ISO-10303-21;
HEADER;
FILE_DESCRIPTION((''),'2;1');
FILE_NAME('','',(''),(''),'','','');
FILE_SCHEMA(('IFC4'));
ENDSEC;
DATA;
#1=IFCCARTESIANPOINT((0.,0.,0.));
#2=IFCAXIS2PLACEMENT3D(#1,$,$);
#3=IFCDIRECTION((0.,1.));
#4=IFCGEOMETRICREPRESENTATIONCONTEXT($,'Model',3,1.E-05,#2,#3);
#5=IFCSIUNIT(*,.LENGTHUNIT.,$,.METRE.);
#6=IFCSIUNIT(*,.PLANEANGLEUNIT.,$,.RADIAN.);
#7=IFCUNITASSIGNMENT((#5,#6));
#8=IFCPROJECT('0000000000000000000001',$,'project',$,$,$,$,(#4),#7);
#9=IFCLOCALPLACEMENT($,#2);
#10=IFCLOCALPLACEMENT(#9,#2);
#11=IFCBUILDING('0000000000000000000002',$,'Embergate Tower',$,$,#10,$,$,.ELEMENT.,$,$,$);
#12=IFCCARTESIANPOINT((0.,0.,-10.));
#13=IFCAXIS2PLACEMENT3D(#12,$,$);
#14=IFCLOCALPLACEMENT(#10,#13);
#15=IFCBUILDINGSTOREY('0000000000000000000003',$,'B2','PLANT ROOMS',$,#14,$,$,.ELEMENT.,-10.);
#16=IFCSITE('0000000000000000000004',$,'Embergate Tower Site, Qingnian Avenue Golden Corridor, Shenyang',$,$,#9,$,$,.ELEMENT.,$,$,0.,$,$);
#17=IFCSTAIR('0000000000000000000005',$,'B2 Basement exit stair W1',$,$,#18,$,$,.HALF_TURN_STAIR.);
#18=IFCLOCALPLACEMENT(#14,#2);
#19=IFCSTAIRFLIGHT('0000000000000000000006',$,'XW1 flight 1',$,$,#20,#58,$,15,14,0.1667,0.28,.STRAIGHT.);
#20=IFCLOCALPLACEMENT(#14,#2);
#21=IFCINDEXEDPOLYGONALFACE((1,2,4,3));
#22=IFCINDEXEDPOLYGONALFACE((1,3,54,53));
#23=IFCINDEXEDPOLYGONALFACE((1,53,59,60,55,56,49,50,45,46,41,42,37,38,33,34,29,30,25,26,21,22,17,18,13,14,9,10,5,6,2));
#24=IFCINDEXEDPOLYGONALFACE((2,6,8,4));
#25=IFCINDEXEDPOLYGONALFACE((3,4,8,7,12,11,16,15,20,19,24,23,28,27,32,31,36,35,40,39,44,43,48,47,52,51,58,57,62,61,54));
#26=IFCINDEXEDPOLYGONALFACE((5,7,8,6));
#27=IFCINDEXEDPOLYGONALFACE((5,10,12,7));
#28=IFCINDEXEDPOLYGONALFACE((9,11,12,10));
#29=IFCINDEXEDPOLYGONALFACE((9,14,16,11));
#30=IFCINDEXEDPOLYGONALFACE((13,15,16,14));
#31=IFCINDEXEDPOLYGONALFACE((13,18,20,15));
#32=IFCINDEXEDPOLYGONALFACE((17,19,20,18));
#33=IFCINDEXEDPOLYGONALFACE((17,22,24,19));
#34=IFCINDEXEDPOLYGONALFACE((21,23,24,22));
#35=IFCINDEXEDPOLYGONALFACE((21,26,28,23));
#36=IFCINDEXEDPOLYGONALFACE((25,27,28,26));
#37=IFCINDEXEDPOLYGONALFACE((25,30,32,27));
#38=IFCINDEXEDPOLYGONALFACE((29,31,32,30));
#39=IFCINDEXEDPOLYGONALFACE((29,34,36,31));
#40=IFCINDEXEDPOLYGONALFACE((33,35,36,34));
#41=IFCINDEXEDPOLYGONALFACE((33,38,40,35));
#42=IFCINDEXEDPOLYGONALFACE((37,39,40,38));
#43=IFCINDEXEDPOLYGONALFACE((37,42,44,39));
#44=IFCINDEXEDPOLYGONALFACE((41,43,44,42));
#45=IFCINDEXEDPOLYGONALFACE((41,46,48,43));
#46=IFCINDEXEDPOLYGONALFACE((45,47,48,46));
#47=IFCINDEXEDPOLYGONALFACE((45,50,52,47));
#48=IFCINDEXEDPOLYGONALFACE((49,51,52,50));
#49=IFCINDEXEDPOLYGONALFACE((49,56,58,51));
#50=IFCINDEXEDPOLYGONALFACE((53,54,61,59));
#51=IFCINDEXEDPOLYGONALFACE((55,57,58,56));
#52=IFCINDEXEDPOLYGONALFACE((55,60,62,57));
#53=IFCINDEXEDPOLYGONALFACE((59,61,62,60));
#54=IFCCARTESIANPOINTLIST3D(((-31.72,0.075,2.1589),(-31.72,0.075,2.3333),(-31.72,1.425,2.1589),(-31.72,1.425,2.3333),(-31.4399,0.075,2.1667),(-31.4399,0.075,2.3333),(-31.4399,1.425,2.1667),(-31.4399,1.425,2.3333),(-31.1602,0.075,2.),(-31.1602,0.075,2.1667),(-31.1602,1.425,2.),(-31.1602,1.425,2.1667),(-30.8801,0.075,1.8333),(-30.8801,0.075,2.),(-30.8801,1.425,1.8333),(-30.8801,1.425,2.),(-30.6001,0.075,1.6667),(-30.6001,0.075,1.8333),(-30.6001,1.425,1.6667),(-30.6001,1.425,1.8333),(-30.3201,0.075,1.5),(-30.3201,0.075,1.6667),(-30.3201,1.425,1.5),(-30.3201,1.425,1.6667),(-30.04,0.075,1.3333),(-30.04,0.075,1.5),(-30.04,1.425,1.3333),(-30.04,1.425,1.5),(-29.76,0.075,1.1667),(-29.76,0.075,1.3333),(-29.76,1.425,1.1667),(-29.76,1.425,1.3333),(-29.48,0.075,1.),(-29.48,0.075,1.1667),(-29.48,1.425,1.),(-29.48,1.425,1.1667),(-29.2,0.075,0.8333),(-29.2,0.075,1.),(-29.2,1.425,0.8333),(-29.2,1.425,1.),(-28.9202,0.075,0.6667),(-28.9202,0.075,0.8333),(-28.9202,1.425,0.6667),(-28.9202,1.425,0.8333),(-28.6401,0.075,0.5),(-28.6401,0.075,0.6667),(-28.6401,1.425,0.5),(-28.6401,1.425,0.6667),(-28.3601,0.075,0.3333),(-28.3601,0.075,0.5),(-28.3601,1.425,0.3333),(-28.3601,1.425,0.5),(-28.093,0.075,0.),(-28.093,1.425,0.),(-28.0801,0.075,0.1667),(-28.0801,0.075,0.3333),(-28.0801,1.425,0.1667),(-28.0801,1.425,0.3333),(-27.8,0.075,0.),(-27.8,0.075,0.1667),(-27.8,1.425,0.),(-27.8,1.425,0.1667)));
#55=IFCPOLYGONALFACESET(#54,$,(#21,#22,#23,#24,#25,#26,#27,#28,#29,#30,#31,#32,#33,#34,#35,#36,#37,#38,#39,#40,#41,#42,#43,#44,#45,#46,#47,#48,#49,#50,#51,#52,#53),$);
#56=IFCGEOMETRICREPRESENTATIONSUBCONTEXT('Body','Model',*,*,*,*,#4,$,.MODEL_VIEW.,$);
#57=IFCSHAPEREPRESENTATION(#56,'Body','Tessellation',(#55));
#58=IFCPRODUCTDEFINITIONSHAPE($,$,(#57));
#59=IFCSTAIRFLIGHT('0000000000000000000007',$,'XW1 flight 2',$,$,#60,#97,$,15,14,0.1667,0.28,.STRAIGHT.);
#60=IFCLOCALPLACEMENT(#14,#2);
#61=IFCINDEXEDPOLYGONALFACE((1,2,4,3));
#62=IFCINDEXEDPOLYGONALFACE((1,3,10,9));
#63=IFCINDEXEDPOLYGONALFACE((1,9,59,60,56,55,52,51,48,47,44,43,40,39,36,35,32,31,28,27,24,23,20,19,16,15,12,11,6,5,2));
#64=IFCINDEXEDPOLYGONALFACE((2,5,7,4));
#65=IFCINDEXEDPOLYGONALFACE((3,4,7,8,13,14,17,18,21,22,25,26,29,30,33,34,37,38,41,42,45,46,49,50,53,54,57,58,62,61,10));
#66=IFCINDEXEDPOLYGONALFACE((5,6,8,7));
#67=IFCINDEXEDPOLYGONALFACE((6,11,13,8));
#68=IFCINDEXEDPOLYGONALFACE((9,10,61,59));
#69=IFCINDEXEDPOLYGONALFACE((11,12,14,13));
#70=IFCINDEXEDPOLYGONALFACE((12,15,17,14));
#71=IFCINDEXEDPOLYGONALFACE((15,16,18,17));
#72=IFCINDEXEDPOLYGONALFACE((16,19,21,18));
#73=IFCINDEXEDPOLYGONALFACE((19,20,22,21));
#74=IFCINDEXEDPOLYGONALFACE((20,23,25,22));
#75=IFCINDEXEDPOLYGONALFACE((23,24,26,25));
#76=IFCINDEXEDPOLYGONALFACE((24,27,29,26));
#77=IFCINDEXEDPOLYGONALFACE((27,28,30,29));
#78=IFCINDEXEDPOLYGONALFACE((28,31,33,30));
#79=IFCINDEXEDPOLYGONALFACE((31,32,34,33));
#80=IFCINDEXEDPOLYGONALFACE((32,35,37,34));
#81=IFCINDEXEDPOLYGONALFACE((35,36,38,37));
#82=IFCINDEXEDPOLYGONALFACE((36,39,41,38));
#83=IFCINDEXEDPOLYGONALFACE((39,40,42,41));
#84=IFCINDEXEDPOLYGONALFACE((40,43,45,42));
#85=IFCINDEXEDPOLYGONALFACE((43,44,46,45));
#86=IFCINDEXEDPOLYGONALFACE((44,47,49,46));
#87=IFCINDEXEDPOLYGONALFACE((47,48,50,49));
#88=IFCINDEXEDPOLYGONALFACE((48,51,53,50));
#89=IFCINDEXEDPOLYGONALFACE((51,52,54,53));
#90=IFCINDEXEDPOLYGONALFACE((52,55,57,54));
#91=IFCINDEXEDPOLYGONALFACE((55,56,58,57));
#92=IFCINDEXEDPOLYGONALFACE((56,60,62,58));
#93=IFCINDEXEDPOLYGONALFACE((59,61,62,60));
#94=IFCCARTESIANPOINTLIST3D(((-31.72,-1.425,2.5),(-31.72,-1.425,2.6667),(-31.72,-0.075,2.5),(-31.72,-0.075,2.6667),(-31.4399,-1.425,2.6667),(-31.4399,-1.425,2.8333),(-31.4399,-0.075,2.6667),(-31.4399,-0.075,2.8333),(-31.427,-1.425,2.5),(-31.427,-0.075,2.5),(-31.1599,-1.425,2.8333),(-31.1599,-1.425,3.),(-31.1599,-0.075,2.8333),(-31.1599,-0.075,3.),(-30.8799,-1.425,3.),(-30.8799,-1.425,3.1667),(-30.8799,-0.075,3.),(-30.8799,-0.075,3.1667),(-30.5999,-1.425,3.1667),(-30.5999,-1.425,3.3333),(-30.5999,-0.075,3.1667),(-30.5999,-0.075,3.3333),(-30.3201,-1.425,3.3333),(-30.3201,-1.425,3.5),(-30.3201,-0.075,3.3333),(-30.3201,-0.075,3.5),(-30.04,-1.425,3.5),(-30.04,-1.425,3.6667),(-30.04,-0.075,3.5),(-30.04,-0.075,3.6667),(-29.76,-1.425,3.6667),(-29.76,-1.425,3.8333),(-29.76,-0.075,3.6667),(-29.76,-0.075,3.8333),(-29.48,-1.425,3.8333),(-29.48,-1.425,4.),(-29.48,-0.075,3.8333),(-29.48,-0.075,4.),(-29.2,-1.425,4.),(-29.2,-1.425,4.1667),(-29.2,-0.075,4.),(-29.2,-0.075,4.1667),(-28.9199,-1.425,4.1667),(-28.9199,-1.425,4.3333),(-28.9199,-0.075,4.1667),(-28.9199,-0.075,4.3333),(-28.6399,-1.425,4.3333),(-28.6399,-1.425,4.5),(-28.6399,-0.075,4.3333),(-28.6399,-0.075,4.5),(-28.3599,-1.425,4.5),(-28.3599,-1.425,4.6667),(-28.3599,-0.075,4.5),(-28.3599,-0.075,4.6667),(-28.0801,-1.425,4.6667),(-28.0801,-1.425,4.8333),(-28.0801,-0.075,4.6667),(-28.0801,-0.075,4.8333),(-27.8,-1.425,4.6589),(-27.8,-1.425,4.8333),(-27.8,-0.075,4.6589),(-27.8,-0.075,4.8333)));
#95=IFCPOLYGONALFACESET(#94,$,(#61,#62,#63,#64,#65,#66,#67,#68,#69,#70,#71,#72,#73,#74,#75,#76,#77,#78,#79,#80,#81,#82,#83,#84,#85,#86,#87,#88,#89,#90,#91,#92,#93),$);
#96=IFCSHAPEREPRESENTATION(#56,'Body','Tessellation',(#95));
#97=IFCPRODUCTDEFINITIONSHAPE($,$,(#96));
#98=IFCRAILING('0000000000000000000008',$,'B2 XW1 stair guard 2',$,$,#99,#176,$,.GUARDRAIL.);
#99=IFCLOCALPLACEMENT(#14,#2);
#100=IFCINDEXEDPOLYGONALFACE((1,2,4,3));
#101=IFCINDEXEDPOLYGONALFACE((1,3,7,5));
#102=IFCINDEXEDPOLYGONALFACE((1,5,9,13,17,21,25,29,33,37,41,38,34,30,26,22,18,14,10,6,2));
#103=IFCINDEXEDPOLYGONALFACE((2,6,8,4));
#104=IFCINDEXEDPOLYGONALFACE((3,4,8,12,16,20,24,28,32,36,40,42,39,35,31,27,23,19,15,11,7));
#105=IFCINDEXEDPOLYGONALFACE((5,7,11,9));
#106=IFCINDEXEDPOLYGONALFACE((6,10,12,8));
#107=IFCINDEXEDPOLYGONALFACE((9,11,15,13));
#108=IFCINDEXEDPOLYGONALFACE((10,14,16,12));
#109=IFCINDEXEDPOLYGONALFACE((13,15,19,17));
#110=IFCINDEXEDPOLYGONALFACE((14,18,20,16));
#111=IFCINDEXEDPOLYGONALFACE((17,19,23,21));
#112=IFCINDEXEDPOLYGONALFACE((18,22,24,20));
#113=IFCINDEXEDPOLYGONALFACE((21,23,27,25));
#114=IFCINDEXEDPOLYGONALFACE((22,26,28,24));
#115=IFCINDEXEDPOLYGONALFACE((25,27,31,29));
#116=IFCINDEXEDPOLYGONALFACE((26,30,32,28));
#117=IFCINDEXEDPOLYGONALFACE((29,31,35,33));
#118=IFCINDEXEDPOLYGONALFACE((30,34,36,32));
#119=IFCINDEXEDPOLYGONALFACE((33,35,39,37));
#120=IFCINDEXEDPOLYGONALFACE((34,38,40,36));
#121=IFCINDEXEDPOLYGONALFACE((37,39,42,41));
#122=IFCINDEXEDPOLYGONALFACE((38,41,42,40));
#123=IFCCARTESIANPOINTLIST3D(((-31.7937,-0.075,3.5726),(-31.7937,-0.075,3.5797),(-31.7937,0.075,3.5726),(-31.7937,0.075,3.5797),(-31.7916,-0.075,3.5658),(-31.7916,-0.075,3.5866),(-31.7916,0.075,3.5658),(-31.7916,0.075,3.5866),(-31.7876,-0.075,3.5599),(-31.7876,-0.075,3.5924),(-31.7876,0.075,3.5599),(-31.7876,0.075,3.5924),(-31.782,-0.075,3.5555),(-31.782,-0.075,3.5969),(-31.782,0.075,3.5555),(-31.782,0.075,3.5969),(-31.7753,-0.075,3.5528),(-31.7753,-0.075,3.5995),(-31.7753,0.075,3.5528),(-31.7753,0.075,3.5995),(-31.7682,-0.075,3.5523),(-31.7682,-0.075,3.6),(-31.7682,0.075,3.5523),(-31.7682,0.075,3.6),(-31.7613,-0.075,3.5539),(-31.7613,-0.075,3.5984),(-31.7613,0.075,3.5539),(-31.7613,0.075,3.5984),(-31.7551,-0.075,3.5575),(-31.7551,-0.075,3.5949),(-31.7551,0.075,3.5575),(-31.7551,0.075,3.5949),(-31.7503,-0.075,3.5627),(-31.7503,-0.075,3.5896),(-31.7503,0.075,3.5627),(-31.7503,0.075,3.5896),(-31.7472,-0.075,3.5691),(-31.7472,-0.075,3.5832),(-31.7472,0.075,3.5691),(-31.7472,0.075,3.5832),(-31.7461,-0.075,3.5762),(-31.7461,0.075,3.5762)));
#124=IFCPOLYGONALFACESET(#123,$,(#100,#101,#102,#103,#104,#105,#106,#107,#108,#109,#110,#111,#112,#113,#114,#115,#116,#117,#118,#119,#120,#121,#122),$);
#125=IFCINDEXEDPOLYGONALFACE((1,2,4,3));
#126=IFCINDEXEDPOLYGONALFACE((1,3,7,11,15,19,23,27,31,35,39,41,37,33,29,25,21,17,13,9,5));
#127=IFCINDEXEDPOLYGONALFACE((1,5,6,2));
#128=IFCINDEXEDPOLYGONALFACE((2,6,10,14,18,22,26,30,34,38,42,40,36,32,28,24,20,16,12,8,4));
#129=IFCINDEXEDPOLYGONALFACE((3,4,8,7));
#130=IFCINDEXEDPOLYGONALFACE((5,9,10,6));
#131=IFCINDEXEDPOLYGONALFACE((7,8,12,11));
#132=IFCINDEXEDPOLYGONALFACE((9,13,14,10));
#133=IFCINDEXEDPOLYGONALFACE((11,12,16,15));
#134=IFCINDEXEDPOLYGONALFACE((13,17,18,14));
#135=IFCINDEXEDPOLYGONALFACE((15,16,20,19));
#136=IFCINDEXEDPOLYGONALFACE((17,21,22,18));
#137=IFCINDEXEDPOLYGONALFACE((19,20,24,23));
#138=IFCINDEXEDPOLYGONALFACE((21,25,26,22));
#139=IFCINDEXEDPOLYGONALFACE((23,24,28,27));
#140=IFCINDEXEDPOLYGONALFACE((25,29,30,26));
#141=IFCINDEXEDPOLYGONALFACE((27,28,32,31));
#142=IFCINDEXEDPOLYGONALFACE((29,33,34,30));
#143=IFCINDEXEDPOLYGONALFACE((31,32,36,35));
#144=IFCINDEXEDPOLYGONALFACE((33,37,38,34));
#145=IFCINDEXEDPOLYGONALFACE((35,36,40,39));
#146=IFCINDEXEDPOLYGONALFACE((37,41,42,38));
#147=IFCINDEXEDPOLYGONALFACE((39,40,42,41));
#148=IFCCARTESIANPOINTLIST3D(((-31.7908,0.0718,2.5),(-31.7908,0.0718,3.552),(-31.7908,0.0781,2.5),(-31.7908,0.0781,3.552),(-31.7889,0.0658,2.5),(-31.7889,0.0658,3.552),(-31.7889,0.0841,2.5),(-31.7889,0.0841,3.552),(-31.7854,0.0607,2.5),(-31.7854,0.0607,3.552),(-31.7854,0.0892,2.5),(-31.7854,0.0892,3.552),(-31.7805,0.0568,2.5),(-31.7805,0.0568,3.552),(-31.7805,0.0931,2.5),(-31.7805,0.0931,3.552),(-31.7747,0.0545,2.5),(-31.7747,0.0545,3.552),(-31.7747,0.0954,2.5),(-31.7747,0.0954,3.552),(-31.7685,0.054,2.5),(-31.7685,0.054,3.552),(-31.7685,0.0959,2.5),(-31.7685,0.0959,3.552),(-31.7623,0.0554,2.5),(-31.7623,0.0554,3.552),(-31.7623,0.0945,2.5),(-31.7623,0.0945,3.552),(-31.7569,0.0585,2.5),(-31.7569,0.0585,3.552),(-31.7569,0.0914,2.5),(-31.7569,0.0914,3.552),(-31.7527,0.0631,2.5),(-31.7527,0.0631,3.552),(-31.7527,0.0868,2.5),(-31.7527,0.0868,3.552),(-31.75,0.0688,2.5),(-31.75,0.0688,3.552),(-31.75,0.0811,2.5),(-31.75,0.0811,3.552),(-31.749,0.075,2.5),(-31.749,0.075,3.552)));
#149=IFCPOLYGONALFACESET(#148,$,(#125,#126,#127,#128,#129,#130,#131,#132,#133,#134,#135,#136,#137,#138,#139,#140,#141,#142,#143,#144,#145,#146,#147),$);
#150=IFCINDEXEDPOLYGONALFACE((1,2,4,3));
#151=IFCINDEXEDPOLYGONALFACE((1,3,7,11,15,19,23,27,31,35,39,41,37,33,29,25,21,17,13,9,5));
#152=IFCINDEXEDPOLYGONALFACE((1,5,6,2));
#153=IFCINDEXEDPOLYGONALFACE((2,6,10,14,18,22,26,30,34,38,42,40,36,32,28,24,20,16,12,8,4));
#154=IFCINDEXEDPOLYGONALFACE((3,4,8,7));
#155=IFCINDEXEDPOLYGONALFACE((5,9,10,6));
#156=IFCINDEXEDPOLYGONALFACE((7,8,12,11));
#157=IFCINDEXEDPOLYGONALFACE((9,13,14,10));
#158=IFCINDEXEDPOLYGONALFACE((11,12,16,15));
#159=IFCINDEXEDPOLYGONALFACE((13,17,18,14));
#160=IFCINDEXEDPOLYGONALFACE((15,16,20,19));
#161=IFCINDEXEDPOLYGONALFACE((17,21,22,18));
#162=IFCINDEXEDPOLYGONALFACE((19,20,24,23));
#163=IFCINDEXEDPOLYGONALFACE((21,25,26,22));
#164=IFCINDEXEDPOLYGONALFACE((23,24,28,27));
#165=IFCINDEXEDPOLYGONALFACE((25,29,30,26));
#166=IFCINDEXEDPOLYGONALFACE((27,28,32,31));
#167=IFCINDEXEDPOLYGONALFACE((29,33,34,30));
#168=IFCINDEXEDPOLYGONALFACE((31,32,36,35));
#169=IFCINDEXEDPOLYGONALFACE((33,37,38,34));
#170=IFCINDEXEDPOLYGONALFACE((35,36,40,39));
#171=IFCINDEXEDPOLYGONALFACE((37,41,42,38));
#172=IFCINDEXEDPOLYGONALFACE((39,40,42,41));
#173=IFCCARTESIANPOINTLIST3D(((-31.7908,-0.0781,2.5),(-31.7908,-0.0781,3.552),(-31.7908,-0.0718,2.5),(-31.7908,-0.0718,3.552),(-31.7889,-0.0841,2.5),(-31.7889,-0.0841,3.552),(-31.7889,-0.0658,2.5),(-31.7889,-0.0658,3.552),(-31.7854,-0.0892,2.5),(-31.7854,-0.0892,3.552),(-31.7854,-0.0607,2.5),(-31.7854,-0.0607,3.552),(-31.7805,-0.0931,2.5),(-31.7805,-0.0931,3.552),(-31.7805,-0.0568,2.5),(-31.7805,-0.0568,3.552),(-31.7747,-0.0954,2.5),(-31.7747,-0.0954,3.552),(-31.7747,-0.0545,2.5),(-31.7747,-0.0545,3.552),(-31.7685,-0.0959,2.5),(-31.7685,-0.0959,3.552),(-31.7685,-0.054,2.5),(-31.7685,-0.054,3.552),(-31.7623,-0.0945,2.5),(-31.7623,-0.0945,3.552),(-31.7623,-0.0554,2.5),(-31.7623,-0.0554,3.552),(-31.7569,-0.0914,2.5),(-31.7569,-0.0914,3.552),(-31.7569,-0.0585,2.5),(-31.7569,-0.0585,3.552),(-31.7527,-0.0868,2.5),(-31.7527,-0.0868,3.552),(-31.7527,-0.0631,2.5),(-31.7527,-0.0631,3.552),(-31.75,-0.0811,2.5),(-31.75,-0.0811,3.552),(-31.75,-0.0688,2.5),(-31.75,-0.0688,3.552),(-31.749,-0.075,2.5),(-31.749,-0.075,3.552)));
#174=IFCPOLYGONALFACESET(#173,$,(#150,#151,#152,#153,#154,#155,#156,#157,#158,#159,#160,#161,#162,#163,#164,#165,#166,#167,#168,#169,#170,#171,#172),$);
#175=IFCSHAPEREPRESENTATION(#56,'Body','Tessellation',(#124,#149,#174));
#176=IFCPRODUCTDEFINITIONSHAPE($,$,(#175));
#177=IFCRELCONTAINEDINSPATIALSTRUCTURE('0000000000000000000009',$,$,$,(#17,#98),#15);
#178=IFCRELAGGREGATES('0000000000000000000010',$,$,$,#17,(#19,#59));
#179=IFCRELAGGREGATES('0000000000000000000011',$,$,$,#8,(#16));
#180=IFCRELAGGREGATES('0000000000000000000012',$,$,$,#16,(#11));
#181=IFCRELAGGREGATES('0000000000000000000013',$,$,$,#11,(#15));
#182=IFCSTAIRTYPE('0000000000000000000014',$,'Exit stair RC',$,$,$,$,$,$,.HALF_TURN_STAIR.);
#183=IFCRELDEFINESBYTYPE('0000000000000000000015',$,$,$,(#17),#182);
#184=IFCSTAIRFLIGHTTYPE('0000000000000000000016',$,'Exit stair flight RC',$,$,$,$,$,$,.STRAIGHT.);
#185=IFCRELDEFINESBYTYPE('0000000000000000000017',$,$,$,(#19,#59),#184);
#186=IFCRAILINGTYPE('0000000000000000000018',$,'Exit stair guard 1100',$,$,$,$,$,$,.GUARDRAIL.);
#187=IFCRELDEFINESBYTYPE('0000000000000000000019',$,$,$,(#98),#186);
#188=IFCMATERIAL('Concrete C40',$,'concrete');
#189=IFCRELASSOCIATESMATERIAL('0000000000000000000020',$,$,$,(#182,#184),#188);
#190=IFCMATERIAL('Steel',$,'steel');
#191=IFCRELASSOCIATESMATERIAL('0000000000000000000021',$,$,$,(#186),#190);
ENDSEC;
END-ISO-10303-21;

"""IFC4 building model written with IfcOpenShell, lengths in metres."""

from ifc_helpers import new_model, si_unit, direction, frame, origin, origin_2d, place, context, subcontext, project, spatial, polyline, circle, outline, extrude, source, transform, mapped, material, type_object, element, aggregate, save


model = new_model("IFC4")

# Units and contexts
model_context = context("Model", 3, precision=1e-05, world=origin(), true_north=direction((0.0, 1.0)))
body_context = subcontext(model_context, "Body", "Model", "MODEL_VIEW")
ifc_project = project(units=[si_unit("LENGTHUNIT", "METRE"), si_unit("PLANEANGLEUNIT", "RADIAN")], contexts=[model_context])

# Site, building, storey
site_placement = place(None, origin())
site = spatial("IfcSite", under=ifc_project, at=site_placement, Name="Embergate Tower Site, Qingnian Avenue Golden Corridor, Shenyang", CompositionType="ELEMENT", RefElevation=0.0)
building_placement = place(site_placement, origin())
building = spatial("IfcBuilding", under=site, at=building_placement, Name="Embergate Tower", CompositionType="ELEMENT")
storey_placement = place(building_placement, frame((0.0, 0.0, -10.0)))
storey = spatial("IfcBuildingStorey", under=building, at=storey_placement, Name="B2", Description="PLANT ROOMS", CompositionType="ELEMENT", Elevation=-10.0)

# Shared definitions
ifc_material_1 = material(Name="Concrete C40", Category="concrete")

# Stair
stair_type = type_object("IfcStairType", Name="Exit stair RC", PredefinedType="HALF_TURN_STAIR", material=ifc_material_1)
stair_placement = place(storey_placement, origin())
stair = element("IfcStair", 1, at=stair_placement, inside=storey, type_object=stair_type, Name="B2 Basement exit stair W1", PredefinedType="HALF_TURN_STAIR")

# Stair flights
stair_flight_type = type_object("IfcStairFlightType", Name="Exit stair flight RC", PredefinedType="STRAIGHT", material=ifc_material_1)
shared_shape_1 = source(origin(), body_context, "Body", "SweptSolid", [
    extrude(outline(polyline([(0.0, 0.0), (0.0, 0.1667), (0.28, 0.1667), (0.28, 0.3333), (0.5601, 0.3333), (0.5601, 0.5), (0.8401, 0.5), (0.8401, 0.6667), (1.1201, 0.6667), (1.1201, 0.8333), (1.3999, 0.8333), (1.3999, 1.0), (1.6799, 1.0), (1.6799, 1.1667), (1.96, 1.1667), (1.96, 1.3333), (2.24, 1.3333), (2.24, 1.5), (2.52, 1.5), (2.52, 1.6667), (2.8, 1.6667), (2.8, 1.8333), (3.0801, 1.8333), (3.0801, 2.0), (3.3601, 2.0), (3.3601, 2.1667), (3.6399, 2.1667), (3.6399, 2.3333), (3.9199, 2.3333), (3.9199, 2.5), (3.9199, 2.1589), (0.293, 0.0), (0.0, 0.0)])), frame((0.0, 0.675, 0.0), z_axis=(0.0, -1.0, 0.0), x_axis=(1.0, 0.0, 0.0)), (0.0, 0.0, 1.0), 1.3501),
])
stair_flight_1_placement = place(storey_placement, frame((-27.8, 0.75, 0.0), z_axis=(0.0, 0.0, 1.0), x_axis=(-1.0, 0.0, 0.0)))
stair_flight_1 = element("IfcStairFlight", 2, at=stair_flight_1_placement, type_object=stair_flight_type, Name="XW1 flight 1", NumberOfRisers=15, NumberOfTreads=14, PredefinedType="STRAIGHT", RiserHeight=0.1667, TreadLength=0.28, context=body_context, shape_type="MappedRepresentation", body=[
    mapped(shared_shape_1, transform((0.0, 0.0, 0.0))),
])
stair_flight_2_placement = place(storey_placement, frame((-31.72, -0.75, 2.5), z_axis=(0.0, 0.0, 1.0), x_axis=(1.0, 0.0, 0.0)))
stair_flight_2 = element("IfcStairFlight", 3, at=stair_flight_2_placement, type_object=stair_flight_type, Name="XW1 flight 2", NumberOfRisers=15, NumberOfTreads=14, PredefinedType="STRAIGHT", RiserHeight=0.1667, TreadLength=0.28, context=body_context, shape_type="MappedRepresentation", body=[
    mapped(shared_shape_1, transform((0.0, 0.0, 0.0))),
])
aggregate(stair, [stair_flight_1, stair_flight_2])

# Railing
ifc_material_2 = material(Name="Steel", Category="steel")
railing_type_1 = type_object("IfcRailingType", Name="Exit stair guard 1100", PredefinedType="GUARDRAIL", material=ifc_material_2)
shared_shape_2 = source(origin(), body_context, "Body", "SweptSolid", [
    extrude(circle(Radius=0.0239, at=origin_2d()), frame((0.0, 0.0, 1.0762), z_axis=(0.0, -1.0, 0.0), x_axis=(1.0, 0.0, 0.0)), (0.0, 0.0, 1.0), 0.1499),
    extrude(circle(Radius=0.021, at=origin_2d()), origin(), (0.0, 0.0, 1.0), 1.052),
    extrude(circle(Radius=0.021, at=origin_2d()), frame((0.0, -0.1499, 0.0)), (0.0, 0.0, 1.0), 1.052),
])
for number, where, name in (
    (4, (-31.77, 0.075, 2.5), "B2 XW1 stair guard 2"),
):
    element("IfcRailing", number, at=place(storey_placement, frame(where)), inside=storey, type_object=railing_type_1, Name=name, PredefinedType="GUARDRAIL", context=body_context, shape_type="MappedRepresentation", body=[
        mapped(shared_shape_2, transform((0.0, 0.0, 0.0))),
    ])

save(model, "model.ifc")
